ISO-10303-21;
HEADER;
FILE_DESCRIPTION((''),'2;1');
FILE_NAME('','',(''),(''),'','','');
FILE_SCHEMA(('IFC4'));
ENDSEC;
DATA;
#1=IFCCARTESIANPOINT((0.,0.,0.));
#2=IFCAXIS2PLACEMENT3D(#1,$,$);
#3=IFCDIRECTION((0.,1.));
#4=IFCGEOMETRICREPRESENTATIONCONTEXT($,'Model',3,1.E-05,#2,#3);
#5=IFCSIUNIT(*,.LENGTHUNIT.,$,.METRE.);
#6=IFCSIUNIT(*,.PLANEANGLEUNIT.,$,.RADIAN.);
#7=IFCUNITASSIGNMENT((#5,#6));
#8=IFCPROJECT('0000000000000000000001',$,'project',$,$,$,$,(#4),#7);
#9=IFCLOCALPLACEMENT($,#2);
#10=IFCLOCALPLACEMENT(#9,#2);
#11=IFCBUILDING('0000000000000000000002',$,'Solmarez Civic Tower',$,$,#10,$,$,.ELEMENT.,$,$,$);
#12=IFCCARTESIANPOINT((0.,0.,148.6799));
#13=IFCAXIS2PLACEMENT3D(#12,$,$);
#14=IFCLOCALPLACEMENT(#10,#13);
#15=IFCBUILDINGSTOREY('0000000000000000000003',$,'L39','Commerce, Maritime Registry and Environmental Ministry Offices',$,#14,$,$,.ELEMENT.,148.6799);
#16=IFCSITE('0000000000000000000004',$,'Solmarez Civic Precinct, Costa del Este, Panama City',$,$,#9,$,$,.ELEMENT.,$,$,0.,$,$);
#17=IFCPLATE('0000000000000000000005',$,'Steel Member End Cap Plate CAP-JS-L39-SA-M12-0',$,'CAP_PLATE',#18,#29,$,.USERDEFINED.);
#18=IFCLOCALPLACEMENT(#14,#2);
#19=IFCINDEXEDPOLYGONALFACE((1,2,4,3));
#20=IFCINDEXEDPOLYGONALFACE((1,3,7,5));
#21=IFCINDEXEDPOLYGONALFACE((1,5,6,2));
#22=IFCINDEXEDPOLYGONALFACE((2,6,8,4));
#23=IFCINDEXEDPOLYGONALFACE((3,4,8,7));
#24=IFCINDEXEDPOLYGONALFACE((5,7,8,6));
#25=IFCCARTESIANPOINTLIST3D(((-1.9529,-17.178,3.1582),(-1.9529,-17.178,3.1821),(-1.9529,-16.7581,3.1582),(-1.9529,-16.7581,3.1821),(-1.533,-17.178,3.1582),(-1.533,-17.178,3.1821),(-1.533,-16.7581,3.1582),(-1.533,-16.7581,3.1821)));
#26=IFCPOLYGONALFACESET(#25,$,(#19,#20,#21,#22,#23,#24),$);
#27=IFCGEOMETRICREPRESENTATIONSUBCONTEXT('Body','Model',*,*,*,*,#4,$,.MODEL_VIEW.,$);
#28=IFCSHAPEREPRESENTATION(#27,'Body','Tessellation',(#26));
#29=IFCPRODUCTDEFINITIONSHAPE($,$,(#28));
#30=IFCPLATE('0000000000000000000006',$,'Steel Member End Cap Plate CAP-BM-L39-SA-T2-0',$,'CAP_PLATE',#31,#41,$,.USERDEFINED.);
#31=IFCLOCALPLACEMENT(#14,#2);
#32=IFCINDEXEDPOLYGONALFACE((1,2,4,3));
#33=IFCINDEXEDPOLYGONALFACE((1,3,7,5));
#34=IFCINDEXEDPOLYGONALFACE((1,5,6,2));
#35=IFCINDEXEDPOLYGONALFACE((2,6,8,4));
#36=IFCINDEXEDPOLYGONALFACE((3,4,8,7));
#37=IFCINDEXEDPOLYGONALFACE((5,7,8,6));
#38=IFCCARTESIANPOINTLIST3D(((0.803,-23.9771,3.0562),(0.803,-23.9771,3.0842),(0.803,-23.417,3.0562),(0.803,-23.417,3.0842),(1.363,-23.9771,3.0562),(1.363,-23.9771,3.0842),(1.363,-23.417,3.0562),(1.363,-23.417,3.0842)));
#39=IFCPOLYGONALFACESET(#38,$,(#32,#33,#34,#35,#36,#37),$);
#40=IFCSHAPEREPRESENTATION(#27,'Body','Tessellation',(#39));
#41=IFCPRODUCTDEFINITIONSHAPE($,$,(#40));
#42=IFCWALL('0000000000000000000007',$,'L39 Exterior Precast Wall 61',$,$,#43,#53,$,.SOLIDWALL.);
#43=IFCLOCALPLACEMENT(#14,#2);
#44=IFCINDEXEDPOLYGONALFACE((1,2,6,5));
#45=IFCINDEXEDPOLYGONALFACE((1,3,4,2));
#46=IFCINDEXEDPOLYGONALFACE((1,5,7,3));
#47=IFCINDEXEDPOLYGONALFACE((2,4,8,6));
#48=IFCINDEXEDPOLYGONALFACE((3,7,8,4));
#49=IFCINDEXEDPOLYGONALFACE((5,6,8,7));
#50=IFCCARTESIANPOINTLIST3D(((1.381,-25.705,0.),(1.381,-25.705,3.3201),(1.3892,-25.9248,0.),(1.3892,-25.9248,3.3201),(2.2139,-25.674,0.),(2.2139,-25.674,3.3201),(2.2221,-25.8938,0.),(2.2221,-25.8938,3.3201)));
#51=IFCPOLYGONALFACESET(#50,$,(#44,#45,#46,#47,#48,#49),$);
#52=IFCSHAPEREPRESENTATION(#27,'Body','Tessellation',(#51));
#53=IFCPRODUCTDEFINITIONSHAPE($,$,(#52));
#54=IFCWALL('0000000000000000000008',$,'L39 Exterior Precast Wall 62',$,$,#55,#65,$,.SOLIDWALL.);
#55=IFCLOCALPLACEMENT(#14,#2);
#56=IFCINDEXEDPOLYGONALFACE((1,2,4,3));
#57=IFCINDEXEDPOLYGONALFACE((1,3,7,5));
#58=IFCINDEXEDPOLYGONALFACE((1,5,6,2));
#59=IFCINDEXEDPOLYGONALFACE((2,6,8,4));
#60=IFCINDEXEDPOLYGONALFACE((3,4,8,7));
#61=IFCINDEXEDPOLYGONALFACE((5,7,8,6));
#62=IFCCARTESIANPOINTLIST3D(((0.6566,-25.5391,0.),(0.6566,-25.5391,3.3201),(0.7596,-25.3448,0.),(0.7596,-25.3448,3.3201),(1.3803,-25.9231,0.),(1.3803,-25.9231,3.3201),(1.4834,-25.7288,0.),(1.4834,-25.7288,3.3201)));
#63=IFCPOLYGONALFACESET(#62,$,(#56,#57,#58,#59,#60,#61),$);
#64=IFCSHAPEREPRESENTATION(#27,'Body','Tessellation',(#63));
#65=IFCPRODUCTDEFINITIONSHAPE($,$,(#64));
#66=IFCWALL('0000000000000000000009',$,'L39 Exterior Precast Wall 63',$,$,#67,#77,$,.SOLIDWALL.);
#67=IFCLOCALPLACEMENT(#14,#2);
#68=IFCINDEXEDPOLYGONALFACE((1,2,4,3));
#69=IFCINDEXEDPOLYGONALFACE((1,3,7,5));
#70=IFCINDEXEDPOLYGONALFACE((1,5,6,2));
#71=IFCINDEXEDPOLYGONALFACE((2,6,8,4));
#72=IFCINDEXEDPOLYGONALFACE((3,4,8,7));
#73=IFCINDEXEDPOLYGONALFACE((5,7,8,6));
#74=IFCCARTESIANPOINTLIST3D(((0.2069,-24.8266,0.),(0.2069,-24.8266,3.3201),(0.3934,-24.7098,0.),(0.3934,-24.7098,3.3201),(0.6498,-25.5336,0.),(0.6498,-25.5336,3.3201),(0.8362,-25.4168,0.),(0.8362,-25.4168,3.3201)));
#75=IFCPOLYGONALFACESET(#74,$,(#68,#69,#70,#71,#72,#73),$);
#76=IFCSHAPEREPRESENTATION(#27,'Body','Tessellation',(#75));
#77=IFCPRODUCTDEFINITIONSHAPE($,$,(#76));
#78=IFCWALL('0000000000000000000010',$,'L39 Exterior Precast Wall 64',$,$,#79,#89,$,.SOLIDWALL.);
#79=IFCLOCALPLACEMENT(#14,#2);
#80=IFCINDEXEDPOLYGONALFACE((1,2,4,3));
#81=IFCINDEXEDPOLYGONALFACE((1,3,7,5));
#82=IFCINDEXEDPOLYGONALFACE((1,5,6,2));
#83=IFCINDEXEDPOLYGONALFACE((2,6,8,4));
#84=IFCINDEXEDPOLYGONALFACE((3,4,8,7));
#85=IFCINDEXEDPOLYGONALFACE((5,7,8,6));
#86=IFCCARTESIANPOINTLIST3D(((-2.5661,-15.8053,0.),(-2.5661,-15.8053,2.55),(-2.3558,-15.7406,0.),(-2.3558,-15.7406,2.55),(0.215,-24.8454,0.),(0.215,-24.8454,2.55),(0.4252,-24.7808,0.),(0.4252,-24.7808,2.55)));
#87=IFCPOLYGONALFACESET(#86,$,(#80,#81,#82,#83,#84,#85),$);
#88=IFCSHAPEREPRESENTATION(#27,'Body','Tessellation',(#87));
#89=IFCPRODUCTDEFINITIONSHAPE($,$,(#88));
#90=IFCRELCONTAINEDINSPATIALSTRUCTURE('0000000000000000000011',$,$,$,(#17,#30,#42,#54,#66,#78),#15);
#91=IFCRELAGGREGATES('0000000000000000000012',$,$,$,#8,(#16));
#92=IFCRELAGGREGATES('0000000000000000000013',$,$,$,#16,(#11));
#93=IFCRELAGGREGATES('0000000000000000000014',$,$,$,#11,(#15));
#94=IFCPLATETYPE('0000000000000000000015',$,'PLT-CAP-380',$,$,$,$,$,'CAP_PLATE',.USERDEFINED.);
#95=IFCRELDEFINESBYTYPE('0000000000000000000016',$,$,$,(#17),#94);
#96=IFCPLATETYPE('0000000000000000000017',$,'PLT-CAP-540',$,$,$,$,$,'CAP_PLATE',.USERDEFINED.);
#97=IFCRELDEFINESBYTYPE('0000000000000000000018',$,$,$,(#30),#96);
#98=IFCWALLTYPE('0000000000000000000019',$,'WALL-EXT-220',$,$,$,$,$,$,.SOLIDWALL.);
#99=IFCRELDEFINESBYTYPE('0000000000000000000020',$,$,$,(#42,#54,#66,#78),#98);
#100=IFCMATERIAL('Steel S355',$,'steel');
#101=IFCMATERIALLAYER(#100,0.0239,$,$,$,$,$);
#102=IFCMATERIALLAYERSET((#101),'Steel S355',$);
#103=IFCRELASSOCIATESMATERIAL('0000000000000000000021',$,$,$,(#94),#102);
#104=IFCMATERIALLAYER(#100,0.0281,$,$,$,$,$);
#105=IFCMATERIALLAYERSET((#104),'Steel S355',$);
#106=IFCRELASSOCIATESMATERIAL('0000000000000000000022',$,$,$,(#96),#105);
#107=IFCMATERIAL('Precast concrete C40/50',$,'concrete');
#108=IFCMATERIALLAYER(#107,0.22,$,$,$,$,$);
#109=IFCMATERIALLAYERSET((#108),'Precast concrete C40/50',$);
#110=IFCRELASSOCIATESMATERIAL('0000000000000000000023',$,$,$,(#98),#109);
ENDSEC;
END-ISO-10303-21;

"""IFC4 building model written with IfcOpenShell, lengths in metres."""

from ifc_helpers import new_model, si_unit, direction, frame, frame_2d, origin, origin_2d, place, context, subcontext, project, spatial, rectangle, extrude, material, layer, layer_set, type_object, element, save


model = new_model("IFC4")

# Units and contexts
model_context = context("Model", 3, precision=1e-05, world=origin(), true_north=direction((0.0, 1.0)))
body_context = subcontext(model_context, "Body", "Model", "MODEL_VIEW")
ifc_project = project(units=[si_unit("LENGTHUNIT", "METRE"), si_unit("PLANEANGLEUNIT", "RADIAN")], contexts=[model_context])

# Site, building, storey
site_placement = place(None, origin())
site = spatial("IfcSite", under=ifc_project, at=site_placement, Name="Solmarez Civic Precinct, Costa del Este, Panama City", CompositionType="ELEMENT", RefElevation=0.0)
building_placement = place(site_placement, origin())
building = spatial("IfcBuilding", under=site, at=building_placement, Name="Solmarez Civic Tower", CompositionType="ELEMENT")
storey_placement = place(building_placement, frame((0.0, 0.0, 148.6799)))
storey = spatial("IfcBuildingStorey", under=building, at=storey_placement, Name="L39", Description="Commerce, Maritime Registry and Environmental Ministry Offices", CompositionType="ELEMENT", Elevation=148.6799)

# Shared definitions
ifc_material_1 = material(Name="Steel S355", Category="steel")

# Plates
ifc_layer_1 = layer(ifc_material_1, 0.0239)
ifc_layer_set_1 = layer_set([ifc_layer_1], Name="Steel S355")
plate_type_1 = type_object("IfcPlateType", Name="PLT-CAP-380", ElementType="CAP_PLATE", PredefinedType="USERDEFINED", material=ifc_layer_set_1)
for number, where, z_axis, x_axis, name in (
    (1, (-1.7429, -16.968, 3.1582), (0.0, 0.0, 1.0), (1.0, 0.0, 0.0), "Steel Member End Cap Plate CAP-JS-L39-SA-M12-0"),
):
    element("IfcPlate", number, at=place(storey_placement, frame(where, z_axis=z_axis, x_axis=x_axis)), inside=storey, type_object=plate_type_1, Name=name, ObjectType="CAP_PLATE", PredefinedType="USERDEFINED", context=body_context, shape_type="SweptSolid", body=[
        extrude(rectangle(XDim=0.4199, YDim=0.4199, at=origin_2d()), origin(), (0.0, 0.0, 1.0), 0.0239),
    ])
ifc_layer_2 = layer(ifc_material_1, 0.0281)
ifc_layer_set_2 = layer_set([ifc_layer_2], Name="Steel S355")
plate_type_2 = type_object("IfcPlateType", Name="PLT-CAP-540", ElementType="CAP_PLATE", PredefinedType="USERDEFINED", material=ifc_layer_set_2)
plate_placement = place(storey_placement, frame((1.083, -23.697, 3.0562), z_axis=(0.0, 0.0, 1.0), x_axis=(1.0, 0.0, 0.0)))
element("IfcPlate", 2, at=plate_placement, inside=storey, type_object=plate_type_2, Name="Steel Member End Cap Plate CAP-BM-L39-SA-T2-0", ObjectType="CAP_PLATE", PredefinedType="USERDEFINED", context=body_context, shape_type="SweptSolid", body=[
    extrude(rectangle(XDim=0.5601, YDim=0.5601, at=origin_2d()), origin(), (0.0, 0.0, 1.0), 0.0281),
])

# Walls
ifc_material_2 = material(Name="Precast concrete C40/50", Category="concrete")
ifc_layer_3 = layer(ifc_material_2, 0.22)
ifc_layer_set_3 = layer_set([ifc_layer_3], Name="Precast concrete C40/50")
wall_type = type_object("IfcWallType", Name="WALL-EXT-220", PredefinedType="SOLIDWALL", material=ifc_layer_set_3)
wall_1_placement = place(storey_placement, frame((2.218, -25.7839, 0.0), z_axis=(0.0, 0.0, 1.0), x_axis=(-0.999308, -0.037196, 0.0)))
element("IfcWall", 3, at=wall_1_placement, inside=storey, type_object=wall_type, Name="L39 Exterior Precast Wall 61", PredefinedType="SOLIDWALL", context=body_context, shape_type="SweptSolid", body=[
    extrude(rectangle(XDim=0.8335, YDim=0.22, at=frame_2d((0.4167, 0.0))), origin(), (0.0, 0.0, 1.0), 3.3201),
])
wall_2_placement = place(storey_placement, frame((1.4319, -25.8259, 0.0), z_axis=(0.0, 0.0, 1.0), x_axis=(-0.883382, 0.468654, 0.0)))
element("IfcWall", 4, at=wall_2_placement, inside=storey, type_object=wall_type, Name="L39 Exterior Precast Wall 62", PredefinedType="SOLIDWALL", context=body_context, shape_type="SweptSolid", body=[
    extrude(rectangle(XDim=0.8193, YDim=0.22, at=frame_2d((0.4097, 0.0))), origin(), (0.0, 0.0, 1.0), 3.3201),
])
wall_3_placement = place(storey_placement, frame((0.7429, -25.4751, 0.0), z_axis=(0.0, 0.0, 1.0), x_axis=(-0.53084, 0.847472, 0.0)))
element("IfcWall", 5, at=wall_3_placement, inside=storey, type_object=wall_type, Name="L39 Exterior Precast Wall 63", PredefinedType="SOLIDWALL", context=body_context, shape_type="SweptSolid", body=[
    extrude(rectangle(XDim=0.8342, YDim=0.22, at=frame_2d((0.417, 0.0))), origin(), (0.0, 0.0, 1.0), 3.3201),
])
wall_4_placement = place(storey_placement, frame((0.3201, -24.813, 0.0), z_axis=(0.0, 0.0, 1.0), x_axis=(-0.294033, 0.955795, 0.0)))
element("IfcWall", 6, at=wall_4_placement, inside=storey, type_object=wall_type, Name="L39 Exterior Precast Wall 64", PredefinedType="SOLIDWALL", context=body_context, shape_type="SweptSolid", body=[
    extrude(rectangle(XDim=9.4583, YDim=0.22, at=frame_2d((4.729, 0.0))), origin(), (0.0, 0.0, 1.0), 2.55),
])

save(model, "model.ifc")
